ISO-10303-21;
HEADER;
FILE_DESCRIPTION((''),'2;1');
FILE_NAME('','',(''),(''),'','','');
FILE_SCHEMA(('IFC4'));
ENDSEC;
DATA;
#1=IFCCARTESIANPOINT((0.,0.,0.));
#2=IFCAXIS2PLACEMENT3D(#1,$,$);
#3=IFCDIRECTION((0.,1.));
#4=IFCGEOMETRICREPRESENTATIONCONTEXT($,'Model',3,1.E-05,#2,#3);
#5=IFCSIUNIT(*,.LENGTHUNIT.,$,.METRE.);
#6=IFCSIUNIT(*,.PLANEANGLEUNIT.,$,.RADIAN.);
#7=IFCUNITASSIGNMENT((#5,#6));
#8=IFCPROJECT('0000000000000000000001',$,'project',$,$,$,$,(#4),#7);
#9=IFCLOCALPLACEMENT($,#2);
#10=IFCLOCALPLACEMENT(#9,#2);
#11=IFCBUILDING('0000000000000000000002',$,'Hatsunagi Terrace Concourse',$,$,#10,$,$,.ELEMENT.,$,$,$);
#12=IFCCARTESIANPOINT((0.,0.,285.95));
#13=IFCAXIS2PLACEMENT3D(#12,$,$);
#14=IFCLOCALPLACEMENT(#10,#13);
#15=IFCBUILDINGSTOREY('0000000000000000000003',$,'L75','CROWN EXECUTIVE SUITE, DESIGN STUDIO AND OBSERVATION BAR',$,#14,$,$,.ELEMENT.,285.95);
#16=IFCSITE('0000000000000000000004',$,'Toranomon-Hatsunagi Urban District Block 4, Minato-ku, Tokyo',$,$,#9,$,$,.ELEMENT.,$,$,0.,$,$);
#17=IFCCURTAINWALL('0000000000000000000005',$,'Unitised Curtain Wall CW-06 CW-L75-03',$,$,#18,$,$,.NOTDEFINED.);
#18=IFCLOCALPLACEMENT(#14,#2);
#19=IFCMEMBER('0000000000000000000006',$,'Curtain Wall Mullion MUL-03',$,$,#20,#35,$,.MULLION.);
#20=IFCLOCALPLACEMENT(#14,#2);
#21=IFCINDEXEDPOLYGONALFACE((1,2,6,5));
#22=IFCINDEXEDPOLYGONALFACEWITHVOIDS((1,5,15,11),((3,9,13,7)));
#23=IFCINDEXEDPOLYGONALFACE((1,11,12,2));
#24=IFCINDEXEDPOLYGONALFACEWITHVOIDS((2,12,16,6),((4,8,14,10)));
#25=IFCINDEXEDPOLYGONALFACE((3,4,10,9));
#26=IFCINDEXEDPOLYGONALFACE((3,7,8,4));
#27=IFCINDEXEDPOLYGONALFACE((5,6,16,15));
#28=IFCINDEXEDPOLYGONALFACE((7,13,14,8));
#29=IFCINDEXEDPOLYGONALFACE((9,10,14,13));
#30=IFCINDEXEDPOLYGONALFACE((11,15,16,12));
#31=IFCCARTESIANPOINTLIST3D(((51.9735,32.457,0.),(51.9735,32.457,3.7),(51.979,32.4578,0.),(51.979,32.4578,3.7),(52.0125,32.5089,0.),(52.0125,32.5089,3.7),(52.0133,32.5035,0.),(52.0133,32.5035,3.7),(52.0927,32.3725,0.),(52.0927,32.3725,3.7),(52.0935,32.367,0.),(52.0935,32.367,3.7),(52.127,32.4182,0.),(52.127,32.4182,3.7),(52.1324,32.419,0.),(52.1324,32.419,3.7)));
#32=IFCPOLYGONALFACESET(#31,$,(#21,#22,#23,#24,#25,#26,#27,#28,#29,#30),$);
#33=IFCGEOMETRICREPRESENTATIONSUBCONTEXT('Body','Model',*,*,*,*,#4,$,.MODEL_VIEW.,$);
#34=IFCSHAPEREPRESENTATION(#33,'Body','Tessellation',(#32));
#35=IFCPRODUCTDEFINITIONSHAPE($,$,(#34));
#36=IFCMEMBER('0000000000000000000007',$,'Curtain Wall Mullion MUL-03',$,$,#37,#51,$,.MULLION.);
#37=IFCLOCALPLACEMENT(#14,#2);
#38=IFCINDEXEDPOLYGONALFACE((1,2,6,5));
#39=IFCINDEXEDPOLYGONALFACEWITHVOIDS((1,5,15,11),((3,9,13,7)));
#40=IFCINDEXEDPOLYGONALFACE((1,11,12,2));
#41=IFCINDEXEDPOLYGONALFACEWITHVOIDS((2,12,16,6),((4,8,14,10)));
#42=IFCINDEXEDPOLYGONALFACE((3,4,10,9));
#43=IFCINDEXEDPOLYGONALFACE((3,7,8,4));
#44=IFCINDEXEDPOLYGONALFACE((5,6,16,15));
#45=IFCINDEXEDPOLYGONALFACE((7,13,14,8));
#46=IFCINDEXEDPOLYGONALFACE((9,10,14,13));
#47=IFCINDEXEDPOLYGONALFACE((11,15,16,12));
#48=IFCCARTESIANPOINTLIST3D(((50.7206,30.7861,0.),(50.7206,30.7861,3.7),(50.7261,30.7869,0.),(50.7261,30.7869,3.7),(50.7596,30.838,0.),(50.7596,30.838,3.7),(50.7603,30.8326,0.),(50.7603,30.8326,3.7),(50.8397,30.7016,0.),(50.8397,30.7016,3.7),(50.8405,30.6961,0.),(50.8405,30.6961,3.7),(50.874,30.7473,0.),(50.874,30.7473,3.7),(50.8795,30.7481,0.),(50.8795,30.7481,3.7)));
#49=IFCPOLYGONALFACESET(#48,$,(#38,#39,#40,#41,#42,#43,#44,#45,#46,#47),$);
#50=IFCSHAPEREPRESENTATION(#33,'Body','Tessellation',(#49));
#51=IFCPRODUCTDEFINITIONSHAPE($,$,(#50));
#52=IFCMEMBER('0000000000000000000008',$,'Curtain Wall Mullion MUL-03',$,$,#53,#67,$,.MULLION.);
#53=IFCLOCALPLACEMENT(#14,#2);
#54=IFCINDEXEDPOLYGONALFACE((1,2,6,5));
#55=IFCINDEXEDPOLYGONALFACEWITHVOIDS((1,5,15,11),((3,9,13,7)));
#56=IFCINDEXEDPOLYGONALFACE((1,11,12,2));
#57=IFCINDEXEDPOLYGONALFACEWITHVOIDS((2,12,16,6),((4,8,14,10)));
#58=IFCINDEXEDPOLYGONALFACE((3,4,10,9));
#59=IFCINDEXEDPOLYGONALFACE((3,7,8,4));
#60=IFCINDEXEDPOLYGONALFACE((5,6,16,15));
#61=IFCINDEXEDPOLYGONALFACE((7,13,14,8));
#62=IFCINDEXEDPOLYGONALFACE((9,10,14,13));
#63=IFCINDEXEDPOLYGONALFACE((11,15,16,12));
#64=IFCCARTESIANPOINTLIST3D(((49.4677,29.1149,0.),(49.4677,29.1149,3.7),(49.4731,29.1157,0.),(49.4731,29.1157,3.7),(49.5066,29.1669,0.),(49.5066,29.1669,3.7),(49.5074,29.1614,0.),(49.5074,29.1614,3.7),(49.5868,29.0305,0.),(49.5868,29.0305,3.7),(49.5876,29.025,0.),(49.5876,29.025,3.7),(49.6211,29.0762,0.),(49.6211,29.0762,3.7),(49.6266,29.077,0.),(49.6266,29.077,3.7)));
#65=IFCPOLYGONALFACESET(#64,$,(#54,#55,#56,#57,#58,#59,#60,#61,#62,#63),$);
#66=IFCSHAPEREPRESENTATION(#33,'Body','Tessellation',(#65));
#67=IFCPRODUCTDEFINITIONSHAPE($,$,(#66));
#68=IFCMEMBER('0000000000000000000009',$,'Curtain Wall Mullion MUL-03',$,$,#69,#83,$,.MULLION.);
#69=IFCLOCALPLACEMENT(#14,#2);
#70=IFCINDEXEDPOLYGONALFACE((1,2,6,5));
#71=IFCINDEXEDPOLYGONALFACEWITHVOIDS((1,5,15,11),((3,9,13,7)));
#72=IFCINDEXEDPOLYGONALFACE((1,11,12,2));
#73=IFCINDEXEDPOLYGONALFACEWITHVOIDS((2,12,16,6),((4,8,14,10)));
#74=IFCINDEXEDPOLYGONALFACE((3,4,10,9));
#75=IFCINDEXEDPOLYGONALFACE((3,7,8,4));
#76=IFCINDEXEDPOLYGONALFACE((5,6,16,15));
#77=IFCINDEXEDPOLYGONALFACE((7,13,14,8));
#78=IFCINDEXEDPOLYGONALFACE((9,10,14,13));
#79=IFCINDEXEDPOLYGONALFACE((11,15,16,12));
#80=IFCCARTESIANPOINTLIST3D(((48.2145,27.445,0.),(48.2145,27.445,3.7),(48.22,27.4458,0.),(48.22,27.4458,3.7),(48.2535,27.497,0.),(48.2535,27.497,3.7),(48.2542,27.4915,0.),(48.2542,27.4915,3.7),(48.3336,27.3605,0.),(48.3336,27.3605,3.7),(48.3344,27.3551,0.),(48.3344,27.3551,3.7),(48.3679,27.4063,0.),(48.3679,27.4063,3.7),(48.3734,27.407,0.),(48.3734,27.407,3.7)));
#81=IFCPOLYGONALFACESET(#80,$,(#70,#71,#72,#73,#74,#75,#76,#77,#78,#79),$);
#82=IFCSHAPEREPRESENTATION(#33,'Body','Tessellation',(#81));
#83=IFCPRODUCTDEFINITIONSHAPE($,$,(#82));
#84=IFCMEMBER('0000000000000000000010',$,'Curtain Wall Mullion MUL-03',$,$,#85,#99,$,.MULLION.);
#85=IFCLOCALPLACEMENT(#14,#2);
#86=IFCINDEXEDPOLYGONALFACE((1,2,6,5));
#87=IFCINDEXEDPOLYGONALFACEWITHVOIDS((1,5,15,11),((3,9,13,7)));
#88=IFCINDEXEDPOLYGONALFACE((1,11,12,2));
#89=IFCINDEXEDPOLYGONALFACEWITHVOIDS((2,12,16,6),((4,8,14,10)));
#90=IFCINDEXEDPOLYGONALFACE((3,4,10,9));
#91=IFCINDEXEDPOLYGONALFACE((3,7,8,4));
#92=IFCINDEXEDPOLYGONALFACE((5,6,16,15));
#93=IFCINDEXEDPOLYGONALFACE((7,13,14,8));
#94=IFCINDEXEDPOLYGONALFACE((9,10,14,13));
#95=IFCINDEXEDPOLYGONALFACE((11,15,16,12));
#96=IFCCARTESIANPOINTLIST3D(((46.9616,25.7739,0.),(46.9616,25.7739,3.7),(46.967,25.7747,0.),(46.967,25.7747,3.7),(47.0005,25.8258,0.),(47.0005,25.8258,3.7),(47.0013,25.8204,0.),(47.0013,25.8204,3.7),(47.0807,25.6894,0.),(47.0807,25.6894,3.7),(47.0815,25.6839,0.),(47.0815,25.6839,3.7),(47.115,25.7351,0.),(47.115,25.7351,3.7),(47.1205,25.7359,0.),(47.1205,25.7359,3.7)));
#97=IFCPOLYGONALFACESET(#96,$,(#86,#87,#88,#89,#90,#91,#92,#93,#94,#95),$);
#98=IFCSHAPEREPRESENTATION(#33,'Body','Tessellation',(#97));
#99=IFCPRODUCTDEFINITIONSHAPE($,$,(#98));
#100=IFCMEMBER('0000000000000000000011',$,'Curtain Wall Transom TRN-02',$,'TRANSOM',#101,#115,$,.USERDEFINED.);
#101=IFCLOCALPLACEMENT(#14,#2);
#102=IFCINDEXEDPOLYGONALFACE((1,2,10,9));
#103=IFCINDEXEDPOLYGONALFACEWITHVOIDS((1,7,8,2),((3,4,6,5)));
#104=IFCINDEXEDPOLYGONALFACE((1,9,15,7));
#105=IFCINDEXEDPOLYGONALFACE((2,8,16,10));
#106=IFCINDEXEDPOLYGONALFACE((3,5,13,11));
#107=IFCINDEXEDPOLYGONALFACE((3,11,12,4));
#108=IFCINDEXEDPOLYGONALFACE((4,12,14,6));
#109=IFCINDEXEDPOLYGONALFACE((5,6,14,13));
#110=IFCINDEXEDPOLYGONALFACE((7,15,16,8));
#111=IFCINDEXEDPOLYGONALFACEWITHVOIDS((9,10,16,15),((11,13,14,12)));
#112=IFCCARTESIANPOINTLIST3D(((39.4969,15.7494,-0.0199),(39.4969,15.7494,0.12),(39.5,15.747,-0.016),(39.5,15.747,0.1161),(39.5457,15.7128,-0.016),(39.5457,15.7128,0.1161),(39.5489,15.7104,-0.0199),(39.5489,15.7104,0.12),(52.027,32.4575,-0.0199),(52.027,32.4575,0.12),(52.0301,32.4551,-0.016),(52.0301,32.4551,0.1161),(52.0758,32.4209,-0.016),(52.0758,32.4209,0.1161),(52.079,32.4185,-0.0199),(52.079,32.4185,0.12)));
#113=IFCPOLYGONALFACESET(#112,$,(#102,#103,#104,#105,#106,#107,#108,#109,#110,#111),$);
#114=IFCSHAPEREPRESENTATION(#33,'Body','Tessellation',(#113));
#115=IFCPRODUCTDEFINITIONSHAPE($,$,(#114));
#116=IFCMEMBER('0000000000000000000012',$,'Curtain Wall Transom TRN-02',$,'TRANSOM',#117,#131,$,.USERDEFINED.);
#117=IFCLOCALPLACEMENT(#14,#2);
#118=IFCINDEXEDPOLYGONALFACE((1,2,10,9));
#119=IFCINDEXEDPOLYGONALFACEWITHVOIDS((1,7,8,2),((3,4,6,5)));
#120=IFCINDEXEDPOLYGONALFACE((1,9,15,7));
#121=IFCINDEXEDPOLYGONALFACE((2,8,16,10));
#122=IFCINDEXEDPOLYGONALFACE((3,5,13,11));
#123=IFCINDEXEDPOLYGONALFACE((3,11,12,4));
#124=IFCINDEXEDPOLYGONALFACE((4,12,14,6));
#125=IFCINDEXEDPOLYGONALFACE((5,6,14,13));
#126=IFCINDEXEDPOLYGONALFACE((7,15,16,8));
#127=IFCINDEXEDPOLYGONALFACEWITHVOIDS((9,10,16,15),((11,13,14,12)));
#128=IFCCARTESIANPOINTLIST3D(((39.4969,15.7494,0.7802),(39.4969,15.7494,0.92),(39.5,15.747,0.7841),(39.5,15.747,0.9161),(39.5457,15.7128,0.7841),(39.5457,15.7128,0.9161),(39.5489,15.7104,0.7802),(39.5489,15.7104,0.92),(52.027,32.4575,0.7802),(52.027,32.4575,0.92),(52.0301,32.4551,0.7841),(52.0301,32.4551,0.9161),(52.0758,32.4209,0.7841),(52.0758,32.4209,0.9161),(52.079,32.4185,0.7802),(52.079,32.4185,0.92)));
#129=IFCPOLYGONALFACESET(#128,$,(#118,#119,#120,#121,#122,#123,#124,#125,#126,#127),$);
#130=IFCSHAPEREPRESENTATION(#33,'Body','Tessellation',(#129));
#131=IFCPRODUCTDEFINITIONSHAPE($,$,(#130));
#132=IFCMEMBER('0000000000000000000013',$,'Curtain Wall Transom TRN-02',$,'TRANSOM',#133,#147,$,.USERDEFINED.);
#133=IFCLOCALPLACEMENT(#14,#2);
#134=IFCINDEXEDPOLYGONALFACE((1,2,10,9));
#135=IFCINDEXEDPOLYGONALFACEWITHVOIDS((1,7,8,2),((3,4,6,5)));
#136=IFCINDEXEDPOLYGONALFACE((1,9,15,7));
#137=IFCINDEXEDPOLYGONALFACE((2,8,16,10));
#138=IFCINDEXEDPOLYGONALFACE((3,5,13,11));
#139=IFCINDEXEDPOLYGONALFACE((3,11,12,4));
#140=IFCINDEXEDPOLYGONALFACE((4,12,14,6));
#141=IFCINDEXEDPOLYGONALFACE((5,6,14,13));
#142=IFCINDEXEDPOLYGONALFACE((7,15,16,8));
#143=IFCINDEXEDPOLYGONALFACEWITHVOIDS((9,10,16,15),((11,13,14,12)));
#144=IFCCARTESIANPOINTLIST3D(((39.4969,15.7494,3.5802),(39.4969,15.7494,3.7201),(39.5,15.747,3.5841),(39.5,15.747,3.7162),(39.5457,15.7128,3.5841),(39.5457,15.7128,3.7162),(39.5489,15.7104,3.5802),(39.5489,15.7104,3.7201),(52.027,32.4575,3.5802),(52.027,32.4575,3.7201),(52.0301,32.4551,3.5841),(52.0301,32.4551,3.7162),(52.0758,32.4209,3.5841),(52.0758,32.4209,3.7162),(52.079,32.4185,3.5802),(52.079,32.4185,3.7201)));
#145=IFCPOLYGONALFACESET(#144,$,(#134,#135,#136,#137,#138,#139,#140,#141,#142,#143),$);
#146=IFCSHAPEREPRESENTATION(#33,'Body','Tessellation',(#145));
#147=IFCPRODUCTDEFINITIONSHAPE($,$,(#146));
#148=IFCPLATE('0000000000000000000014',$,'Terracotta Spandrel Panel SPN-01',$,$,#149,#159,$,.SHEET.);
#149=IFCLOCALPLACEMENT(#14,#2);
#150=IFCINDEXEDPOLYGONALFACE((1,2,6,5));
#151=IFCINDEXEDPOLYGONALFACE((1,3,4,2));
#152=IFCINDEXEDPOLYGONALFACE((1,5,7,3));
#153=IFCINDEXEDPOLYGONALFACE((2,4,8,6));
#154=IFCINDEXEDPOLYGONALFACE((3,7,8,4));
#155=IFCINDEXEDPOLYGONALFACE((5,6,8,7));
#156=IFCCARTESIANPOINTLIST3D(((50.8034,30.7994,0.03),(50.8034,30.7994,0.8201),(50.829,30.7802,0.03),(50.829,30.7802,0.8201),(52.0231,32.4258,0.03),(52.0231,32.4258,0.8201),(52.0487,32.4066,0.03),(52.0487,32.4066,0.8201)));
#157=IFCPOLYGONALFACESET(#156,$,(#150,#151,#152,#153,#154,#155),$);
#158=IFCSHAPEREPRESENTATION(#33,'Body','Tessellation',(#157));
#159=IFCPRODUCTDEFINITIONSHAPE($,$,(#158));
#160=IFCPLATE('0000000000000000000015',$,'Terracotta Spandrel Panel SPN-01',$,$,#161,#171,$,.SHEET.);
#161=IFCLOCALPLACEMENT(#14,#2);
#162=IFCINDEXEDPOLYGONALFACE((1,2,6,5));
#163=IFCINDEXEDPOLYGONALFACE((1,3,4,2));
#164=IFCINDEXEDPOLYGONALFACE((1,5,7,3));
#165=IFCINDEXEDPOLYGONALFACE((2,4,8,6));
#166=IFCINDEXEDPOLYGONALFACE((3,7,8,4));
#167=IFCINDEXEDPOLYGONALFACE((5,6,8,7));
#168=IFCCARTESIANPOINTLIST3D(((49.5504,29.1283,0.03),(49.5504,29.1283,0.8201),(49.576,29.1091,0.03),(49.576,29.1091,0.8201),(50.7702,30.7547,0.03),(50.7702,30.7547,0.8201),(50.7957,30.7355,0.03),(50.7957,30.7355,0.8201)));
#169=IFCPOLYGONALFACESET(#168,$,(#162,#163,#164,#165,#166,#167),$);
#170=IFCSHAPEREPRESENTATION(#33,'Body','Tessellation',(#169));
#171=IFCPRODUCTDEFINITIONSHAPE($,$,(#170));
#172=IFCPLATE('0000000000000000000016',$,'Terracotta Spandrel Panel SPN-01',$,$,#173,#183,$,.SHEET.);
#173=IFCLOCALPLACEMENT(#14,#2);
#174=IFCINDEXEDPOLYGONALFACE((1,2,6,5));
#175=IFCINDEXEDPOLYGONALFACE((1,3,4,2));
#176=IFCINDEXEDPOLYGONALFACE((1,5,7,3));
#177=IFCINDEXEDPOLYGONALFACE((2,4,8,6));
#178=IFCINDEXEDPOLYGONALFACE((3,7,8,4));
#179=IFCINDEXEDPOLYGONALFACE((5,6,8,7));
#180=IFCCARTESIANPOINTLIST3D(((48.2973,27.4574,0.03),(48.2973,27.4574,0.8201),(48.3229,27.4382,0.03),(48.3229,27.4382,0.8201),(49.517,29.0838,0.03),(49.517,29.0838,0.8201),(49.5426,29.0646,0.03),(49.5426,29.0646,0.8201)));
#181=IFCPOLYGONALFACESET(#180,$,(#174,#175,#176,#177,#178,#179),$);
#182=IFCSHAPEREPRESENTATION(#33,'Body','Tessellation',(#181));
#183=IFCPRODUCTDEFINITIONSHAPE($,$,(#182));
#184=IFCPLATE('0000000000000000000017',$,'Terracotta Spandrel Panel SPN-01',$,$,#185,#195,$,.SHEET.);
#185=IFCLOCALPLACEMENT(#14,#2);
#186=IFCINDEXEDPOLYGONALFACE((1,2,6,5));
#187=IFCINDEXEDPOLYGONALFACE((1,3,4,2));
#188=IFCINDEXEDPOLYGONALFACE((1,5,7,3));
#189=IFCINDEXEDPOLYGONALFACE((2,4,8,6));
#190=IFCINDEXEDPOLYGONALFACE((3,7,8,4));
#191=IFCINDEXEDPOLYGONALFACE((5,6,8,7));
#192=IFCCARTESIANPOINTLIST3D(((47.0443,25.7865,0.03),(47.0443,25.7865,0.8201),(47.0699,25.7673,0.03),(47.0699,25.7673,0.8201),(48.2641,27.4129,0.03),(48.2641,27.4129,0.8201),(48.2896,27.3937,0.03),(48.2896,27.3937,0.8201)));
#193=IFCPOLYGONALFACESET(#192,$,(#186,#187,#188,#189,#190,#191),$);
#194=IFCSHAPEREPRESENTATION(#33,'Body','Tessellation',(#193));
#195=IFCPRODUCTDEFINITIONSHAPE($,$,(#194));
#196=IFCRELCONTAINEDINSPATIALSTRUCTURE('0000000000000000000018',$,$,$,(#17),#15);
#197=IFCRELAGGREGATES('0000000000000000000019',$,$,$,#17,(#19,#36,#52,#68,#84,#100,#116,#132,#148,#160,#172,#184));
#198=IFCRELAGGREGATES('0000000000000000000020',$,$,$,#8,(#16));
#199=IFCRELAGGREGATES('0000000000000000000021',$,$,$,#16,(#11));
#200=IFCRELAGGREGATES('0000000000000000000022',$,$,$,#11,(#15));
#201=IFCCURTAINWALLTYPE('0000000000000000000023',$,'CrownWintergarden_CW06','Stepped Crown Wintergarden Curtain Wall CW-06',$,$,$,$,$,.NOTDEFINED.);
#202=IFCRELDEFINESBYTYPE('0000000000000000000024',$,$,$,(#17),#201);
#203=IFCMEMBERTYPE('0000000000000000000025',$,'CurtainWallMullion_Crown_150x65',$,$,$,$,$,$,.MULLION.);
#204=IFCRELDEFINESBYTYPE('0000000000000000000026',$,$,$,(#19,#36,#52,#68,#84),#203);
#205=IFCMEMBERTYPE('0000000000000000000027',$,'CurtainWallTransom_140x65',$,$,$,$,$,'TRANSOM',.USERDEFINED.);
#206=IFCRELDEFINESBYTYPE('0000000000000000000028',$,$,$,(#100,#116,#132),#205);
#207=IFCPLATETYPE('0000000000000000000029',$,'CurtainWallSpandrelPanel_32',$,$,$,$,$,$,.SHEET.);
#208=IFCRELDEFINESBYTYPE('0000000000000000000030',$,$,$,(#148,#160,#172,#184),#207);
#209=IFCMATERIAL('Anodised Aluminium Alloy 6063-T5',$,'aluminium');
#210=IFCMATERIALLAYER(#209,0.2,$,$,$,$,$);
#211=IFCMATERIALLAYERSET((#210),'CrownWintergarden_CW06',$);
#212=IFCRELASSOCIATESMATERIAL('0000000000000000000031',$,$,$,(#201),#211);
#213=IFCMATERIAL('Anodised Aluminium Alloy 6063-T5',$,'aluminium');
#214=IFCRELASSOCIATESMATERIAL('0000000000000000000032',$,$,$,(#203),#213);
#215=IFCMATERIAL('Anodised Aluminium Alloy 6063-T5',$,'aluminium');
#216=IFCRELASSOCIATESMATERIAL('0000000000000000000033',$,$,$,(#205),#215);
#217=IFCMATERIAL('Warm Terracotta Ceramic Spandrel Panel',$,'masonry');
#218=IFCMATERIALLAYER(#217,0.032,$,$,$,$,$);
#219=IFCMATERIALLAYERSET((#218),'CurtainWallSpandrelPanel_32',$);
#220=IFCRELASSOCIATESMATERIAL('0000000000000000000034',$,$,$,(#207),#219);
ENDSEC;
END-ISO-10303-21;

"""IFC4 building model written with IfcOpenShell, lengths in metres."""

from ifc_helpers import new_model, si_unit, direction, frame, origin, origin_2d, place, context, subcontext, project, spatial, rectangle, hollow_rectangle, extrude, material, layer, layer_set, material_profile, profile_set, type_object, element, aggregate, save


model = new_model("IFC4")

# Units and contexts
model_context = context("Model", 3, precision=1e-05, world=origin(), true_north=direction((0.0, 1.0)))
body_context = subcontext(model_context, "Body", "Model", "MODEL_VIEW")
ifc_project = project(units=[si_unit("LENGTHUNIT", "METRE"), si_unit("PLANEANGLEUNIT", "RADIAN")], contexts=[model_context])

# Site, building, storey
site_placement = place(None, origin())
site = spatial("IfcSite", under=ifc_project, at=site_placement, Name="Toranomon-Hatsunagi Urban District Block 4, Minato-ku, Tokyo", CompositionType="ELEMENT", RefElevation=0.0)
building_placement = place(site_placement, origin())
building = spatial("IfcBuilding", under=site, at=building_placement, Name="Hatsunagi Terrace Concourse", CompositionType="ELEMENT")
storey_placement = place(building_placement, frame((0.0, 0.0, 285.95)))
storey = spatial("IfcBuildingStorey", under=building, at=storey_placement, Name="L75", Description="CROWN EXECUTIVE SUITE, DESIGN STUDIO AND OBSERVATION BAR", CompositionType="ELEMENT", Elevation=285.95)

# Curtain wall, members, plates
ifc_material_1 = material(Name="Anodised Aluminium Alloy 6063-T5", Category="aluminium")
ifc_layer_1 = layer(ifc_material_1, 0.2)
ifc_layer_set_1 = layer_set([ifc_layer_1], Name="CrownWintergarden_CW06")
curtain_wall_type = type_object("IfcCurtainWallType", Name="CrownWintergarden_CW06", Description="Stepped Crown Wintergarden Curtain Wall CW-06", PredefinedType="NOTDEFINED", material=ifc_layer_set_1)
curtain_wall_placement = place(storey_placement, origin())
curtain_wall = element("IfcCurtainWall", 1, at=curtain_wall_placement, inside=storey, type_object=curtain_wall_type, Name="Unitised Curtain Wall CW-06 CW-L75-03", PredefinedType="NOTDEFINED")
ifc_material_2 = material(Name="Anodised Aluminium Alloy 6063-T5", Category="aluminium")
ifc_material_profile_1 = material_profile(ifc_material_2, hollow_rectangle(XDim=0.0649, YDim=0.1499, WallThickness=0.0039, at=origin_2d()), Name="ALU-MUL-150x65x4")
ifc_profile_set_1 = profile_set([ifc_material_profile_1], Name="Anodised Aluminium Alloy 6063-T5")
member_type_1 = type_object("IfcMemberType", Name="CurtainWallMullion_Crown_150x65", PredefinedType="MULLION", material=ifc_profile_set_1)
member_1_placement = place(storey_placement, frame((52.053, 32.438, 0.0), z_axis=(0.0, 0.0, 1.0), x_axis=(-0.599969, -0.800023, 0.0)))
member_1 = element("IfcMember", 2, at=member_1_placement, type_object=member_type_1, Name="Curtain Wall Mullion MUL-03", PredefinedType="MULLION", context=body_context, shape_type="SweptSolid", body=[
    extrude(hollow_rectangle(XDim=0.0649, YDim=0.1499, WallThickness=0.0039, at=origin_2d()), origin(), (0.0, 0.0, 1.0), 3.7),
])
member_2_placement = place(storey_placement, frame((50.8, 30.7671, 0.0), z_axis=(0.0, 0.0, 1.0), x_axis=(-0.599969, -0.800023, 0.0)))
member_2 = element("IfcMember", 3, at=member_2_placement, type_object=member_type_1, Name="Curtain Wall Mullion MUL-03", PredefinedType="MULLION", context=body_context, shape_type="SweptSolid", body=[
    extrude(hollow_rectangle(XDim=0.0649, YDim=0.1499, WallThickness=0.0039, at=origin_2d()), origin(), (0.0, 0.0, 1.0), 3.7),
])
member_3_placement = place(storey_placement, frame((49.5471, 29.0959, 0.0), z_axis=(0.0, 0.0, 1.0), x_axis=(-0.599969, -0.800023, 0.0)))
member_3 = element("IfcMember", 4, at=member_3_placement, type_object=member_type_1, Name="Curtain Wall Mullion MUL-03", PredefinedType="MULLION", context=body_context, shape_type="SweptSolid", body=[
    extrude(hollow_rectangle(XDim=0.0649, YDim=0.1499, WallThickness=0.0039, at=origin_2d()), origin(), (0.0, 0.0, 1.0), 3.7),
])
member_4_placement = place(storey_placement, frame((48.2939, 27.426, 0.0), z_axis=(0.0, 0.0, 1.0), x_axis=(-0.599969, -0.800023, 0.0)))
member_4 = element("IfcMember", 5, at=member_4_placement, type_object=member_type_1, Name="Curtain Wall Mullion MUL-03", PredefinedType="MULLION", context=body_context, shape_type="SweptSolid", body=[
    extrude(hollow_rectangle(XDim=0.0649, YDim=0.1499, WallThickness=0.0039, at=origin_2d()), origin(), (0.0, 0.0, 1.0), 3.7),
])
member_5_placement = place(storey_placement, frame((47.041, 25.7549, 0.0), z_axis=(0.0, 0.0, 1.0), x_axis=(-0.599969, -0.800023, 0.0)))
member_5 = element("IfcMember", 6, at=member_5_placement, type_object=member_type_1, Name="Curtain Wall Mullion MUL-03", PredefinedType="MULLION", context=body_context, shape_type="SweptSolid", body=[
    extrude(hollow_rectangle(XDim=0.0649, YDim=0.1499, WallThickness=0.0039, at=origin_2d()), origin(), (0.0, 0.0, 1.0), 3.7),
])
ifc_material_3 = material(Name="Anodised Aluminium Alloy 6063-T5", Category="aluminium")
ifc_material_profile_2 = material_profile(ifc_material_3, hollow_rectangle(XDim=0.0649, YDim=0.1399, WallThickness=0.0039, at=origin_2d()), Name="ALU-TRN-140x65x4")
ifc_profile_set_2 = profile_set([ifc_material_profile_2], Name="Anodised Aluminium Alloy 6063-T5")
member_type_2 = type_object("IfcMemberType", Name="CurtainWallTransom_140x65", ElementType="TRANSOM", PredefinedType="USERDEFINED", material=ifc_profile_set_2)
member_6_placement = place(storey_placement, frame((52.053, 32.438, 0.05), z_axis=(-0.59997, -0.800022, 0.0), x_axis=(0.800022, -0.59997, 0.0)))
member_6 = element("IfcMember", 7, at=member_6_placement, type_object=member_type_2, Name="Curtain Wall Transom TRN-02", ObjectType="TRANSOM", PredefinedType="USERDEFINED", context=body_context, shape_type="SweptSolid", body=[
    extrude(hollow_rectangle(XDim=0.0649, YDim=0.1399, WallThickness=0.0039, at=origin_2d()), origin(), (0.0, 0.0, 1.0), 20.8845),
])
member_7_placement = place(storey_placement, frame((52.053, 32.438, 0.8501), z_axis=(-0.59997, -0.800022, 0.0), x_axis=(0.800022, -0.59997, 0.0)))
member_7 = element("IfcMember", 8, at=member_7_placement, type_object=member_type_2, Name="Curtain Wall Transom TRN-02", ObjectType="TRANSOM", PredefinedType="USERDEFINED", context=body_context, shape_type="SweptSolid", body=[
    extrude(hollow_rectangle(XDim=0.0649, YDim=0.1399, WallThickness=0.0039, at=origin_2d()), origin(), (0.0, 0.0, 1.0), 20.8845),
])
member_8_placement = place(storey_placement, frame((52.053, 32.438, 3.6501), z_axis=(-0.59997, -0.800022, 0.0), x_axis=(0.800022, -0.59997, 0.0)))
member_8 = element("IfcMember", 9, at=member_8_placement, type_object=member_type_2, Name="Curtain Wall Transom TRN-02", ObjectType="TRANSOM", PredefinedType="USERDEFINED", context=body_context, shape_type="SweptSolid", body=[
    extrude(hollow_rectangle(XDim=0.0649, YDim=0.1399, WallThickness=0.0039, at=origin_2d()), origin(), (0.0, 0.0, 1.0), 20.8845),
])
ifc_material_4 = material(Name="Warm Terracotta Ceramic Spandrel Panel", Category="masonry")
ifc_layer_2 = layer(ifc_material_4, 0.032)
ifc_layer_set_2 = layer_set([ifc_layer_2], Name="CurtainWallSpandrelPanel_32")
plate_type_1 = type_object("IfcPlateType", Name="CurtainWallSpandrelPanel_32", PredefinedType="SHEET", material=ifc_layer_set_2)
plate_1_placement = place(storey_placement, frame((51.426, 31.603, 0.03), z_axis=(0.0, 0.0, 1.0), x_axis=(-0.599969, -0.800023, 0.0)))
plate_1 = element("IfcPlate", 10, at=plate_1_placement, type_object=plate_type_1, Name="Terracotta Spandrel Panel SPN-01", PredefinedType="SHEET", context=body_context, shape_type="SweptSolid", body=[
    extrude(rectangle(XDim=2.033, YDim=0.032, at=origin_2d()), origin(), (0.0, 0.0, 1.0), 0.79),
])
plate_2_placement = place(storey_placement, frame((50.1731, 29.9319, 0.03), z_axis=(0.0, 0.0, 1.0), x_axis=(-0.599969, -0.800023, 0.0)))
plate_2 = element("IfcPlate", 11, at=plate_2_placement, type_object=plate_type_1, Name="Terracotta Spandrel Panel SPN-01", PredefinedType="SHEET", context=body_context, shape_type="SweptSolid", body=[
    extrude(rectangle(XDim=2.033, YDim=0.032, at=origin_2d()), origin(), (0.0, 0.0, 1.0), 0.79),
])
plate_3_placement = place(storey_placement, frame((48.9199, 28.261, 0.03), z_axis=(0.0, 0.0, 1.0), x_axis=(-0.599969, -0.800023, 0.0)))
plate_3 = element("IfcPlate", 12, at=plate_3_placement, type_object=plate_type_1, Name="Terracotta Spandrel Panel SPN-01", PredefinedType="SHEET", context=body_context, shape_type="SweptSolid", body=[
    extrude(rectangle(XDim=2.033, YDim=0.032, at=origin_2d()), origin(), (0.0, 0.0, 1.0), 0.79),
])
plate_4_placement = place(storey_placement, frame((47.667, 26.5901, 0.03), z_axis=(0.0, 0.0, 1.0), x_axis=(-0.599969, -0.800023, 0.0)))
plate_4 = element("IfcPlate", 13, at=plate_4_placement, type_object=plate_type_1, Name="Terracotta Spandrel Panel SPN-01", PredefinedType="SHEET", context=body_context, shape_type="SweptSolid", body=[
    extrude(rectangle(XDim=2.033, YDim=0.032, at=origin_2d()), origin(), (0.0, 0.0, 1.0), 0.79),
])
aggregate(curtain_wall, [member_1, member_2, member_3, member_4, member_5, member_6, member_7, member_8, plate_1, plate_2, plate_3, plate_4])

save(model, "model.ifc")
